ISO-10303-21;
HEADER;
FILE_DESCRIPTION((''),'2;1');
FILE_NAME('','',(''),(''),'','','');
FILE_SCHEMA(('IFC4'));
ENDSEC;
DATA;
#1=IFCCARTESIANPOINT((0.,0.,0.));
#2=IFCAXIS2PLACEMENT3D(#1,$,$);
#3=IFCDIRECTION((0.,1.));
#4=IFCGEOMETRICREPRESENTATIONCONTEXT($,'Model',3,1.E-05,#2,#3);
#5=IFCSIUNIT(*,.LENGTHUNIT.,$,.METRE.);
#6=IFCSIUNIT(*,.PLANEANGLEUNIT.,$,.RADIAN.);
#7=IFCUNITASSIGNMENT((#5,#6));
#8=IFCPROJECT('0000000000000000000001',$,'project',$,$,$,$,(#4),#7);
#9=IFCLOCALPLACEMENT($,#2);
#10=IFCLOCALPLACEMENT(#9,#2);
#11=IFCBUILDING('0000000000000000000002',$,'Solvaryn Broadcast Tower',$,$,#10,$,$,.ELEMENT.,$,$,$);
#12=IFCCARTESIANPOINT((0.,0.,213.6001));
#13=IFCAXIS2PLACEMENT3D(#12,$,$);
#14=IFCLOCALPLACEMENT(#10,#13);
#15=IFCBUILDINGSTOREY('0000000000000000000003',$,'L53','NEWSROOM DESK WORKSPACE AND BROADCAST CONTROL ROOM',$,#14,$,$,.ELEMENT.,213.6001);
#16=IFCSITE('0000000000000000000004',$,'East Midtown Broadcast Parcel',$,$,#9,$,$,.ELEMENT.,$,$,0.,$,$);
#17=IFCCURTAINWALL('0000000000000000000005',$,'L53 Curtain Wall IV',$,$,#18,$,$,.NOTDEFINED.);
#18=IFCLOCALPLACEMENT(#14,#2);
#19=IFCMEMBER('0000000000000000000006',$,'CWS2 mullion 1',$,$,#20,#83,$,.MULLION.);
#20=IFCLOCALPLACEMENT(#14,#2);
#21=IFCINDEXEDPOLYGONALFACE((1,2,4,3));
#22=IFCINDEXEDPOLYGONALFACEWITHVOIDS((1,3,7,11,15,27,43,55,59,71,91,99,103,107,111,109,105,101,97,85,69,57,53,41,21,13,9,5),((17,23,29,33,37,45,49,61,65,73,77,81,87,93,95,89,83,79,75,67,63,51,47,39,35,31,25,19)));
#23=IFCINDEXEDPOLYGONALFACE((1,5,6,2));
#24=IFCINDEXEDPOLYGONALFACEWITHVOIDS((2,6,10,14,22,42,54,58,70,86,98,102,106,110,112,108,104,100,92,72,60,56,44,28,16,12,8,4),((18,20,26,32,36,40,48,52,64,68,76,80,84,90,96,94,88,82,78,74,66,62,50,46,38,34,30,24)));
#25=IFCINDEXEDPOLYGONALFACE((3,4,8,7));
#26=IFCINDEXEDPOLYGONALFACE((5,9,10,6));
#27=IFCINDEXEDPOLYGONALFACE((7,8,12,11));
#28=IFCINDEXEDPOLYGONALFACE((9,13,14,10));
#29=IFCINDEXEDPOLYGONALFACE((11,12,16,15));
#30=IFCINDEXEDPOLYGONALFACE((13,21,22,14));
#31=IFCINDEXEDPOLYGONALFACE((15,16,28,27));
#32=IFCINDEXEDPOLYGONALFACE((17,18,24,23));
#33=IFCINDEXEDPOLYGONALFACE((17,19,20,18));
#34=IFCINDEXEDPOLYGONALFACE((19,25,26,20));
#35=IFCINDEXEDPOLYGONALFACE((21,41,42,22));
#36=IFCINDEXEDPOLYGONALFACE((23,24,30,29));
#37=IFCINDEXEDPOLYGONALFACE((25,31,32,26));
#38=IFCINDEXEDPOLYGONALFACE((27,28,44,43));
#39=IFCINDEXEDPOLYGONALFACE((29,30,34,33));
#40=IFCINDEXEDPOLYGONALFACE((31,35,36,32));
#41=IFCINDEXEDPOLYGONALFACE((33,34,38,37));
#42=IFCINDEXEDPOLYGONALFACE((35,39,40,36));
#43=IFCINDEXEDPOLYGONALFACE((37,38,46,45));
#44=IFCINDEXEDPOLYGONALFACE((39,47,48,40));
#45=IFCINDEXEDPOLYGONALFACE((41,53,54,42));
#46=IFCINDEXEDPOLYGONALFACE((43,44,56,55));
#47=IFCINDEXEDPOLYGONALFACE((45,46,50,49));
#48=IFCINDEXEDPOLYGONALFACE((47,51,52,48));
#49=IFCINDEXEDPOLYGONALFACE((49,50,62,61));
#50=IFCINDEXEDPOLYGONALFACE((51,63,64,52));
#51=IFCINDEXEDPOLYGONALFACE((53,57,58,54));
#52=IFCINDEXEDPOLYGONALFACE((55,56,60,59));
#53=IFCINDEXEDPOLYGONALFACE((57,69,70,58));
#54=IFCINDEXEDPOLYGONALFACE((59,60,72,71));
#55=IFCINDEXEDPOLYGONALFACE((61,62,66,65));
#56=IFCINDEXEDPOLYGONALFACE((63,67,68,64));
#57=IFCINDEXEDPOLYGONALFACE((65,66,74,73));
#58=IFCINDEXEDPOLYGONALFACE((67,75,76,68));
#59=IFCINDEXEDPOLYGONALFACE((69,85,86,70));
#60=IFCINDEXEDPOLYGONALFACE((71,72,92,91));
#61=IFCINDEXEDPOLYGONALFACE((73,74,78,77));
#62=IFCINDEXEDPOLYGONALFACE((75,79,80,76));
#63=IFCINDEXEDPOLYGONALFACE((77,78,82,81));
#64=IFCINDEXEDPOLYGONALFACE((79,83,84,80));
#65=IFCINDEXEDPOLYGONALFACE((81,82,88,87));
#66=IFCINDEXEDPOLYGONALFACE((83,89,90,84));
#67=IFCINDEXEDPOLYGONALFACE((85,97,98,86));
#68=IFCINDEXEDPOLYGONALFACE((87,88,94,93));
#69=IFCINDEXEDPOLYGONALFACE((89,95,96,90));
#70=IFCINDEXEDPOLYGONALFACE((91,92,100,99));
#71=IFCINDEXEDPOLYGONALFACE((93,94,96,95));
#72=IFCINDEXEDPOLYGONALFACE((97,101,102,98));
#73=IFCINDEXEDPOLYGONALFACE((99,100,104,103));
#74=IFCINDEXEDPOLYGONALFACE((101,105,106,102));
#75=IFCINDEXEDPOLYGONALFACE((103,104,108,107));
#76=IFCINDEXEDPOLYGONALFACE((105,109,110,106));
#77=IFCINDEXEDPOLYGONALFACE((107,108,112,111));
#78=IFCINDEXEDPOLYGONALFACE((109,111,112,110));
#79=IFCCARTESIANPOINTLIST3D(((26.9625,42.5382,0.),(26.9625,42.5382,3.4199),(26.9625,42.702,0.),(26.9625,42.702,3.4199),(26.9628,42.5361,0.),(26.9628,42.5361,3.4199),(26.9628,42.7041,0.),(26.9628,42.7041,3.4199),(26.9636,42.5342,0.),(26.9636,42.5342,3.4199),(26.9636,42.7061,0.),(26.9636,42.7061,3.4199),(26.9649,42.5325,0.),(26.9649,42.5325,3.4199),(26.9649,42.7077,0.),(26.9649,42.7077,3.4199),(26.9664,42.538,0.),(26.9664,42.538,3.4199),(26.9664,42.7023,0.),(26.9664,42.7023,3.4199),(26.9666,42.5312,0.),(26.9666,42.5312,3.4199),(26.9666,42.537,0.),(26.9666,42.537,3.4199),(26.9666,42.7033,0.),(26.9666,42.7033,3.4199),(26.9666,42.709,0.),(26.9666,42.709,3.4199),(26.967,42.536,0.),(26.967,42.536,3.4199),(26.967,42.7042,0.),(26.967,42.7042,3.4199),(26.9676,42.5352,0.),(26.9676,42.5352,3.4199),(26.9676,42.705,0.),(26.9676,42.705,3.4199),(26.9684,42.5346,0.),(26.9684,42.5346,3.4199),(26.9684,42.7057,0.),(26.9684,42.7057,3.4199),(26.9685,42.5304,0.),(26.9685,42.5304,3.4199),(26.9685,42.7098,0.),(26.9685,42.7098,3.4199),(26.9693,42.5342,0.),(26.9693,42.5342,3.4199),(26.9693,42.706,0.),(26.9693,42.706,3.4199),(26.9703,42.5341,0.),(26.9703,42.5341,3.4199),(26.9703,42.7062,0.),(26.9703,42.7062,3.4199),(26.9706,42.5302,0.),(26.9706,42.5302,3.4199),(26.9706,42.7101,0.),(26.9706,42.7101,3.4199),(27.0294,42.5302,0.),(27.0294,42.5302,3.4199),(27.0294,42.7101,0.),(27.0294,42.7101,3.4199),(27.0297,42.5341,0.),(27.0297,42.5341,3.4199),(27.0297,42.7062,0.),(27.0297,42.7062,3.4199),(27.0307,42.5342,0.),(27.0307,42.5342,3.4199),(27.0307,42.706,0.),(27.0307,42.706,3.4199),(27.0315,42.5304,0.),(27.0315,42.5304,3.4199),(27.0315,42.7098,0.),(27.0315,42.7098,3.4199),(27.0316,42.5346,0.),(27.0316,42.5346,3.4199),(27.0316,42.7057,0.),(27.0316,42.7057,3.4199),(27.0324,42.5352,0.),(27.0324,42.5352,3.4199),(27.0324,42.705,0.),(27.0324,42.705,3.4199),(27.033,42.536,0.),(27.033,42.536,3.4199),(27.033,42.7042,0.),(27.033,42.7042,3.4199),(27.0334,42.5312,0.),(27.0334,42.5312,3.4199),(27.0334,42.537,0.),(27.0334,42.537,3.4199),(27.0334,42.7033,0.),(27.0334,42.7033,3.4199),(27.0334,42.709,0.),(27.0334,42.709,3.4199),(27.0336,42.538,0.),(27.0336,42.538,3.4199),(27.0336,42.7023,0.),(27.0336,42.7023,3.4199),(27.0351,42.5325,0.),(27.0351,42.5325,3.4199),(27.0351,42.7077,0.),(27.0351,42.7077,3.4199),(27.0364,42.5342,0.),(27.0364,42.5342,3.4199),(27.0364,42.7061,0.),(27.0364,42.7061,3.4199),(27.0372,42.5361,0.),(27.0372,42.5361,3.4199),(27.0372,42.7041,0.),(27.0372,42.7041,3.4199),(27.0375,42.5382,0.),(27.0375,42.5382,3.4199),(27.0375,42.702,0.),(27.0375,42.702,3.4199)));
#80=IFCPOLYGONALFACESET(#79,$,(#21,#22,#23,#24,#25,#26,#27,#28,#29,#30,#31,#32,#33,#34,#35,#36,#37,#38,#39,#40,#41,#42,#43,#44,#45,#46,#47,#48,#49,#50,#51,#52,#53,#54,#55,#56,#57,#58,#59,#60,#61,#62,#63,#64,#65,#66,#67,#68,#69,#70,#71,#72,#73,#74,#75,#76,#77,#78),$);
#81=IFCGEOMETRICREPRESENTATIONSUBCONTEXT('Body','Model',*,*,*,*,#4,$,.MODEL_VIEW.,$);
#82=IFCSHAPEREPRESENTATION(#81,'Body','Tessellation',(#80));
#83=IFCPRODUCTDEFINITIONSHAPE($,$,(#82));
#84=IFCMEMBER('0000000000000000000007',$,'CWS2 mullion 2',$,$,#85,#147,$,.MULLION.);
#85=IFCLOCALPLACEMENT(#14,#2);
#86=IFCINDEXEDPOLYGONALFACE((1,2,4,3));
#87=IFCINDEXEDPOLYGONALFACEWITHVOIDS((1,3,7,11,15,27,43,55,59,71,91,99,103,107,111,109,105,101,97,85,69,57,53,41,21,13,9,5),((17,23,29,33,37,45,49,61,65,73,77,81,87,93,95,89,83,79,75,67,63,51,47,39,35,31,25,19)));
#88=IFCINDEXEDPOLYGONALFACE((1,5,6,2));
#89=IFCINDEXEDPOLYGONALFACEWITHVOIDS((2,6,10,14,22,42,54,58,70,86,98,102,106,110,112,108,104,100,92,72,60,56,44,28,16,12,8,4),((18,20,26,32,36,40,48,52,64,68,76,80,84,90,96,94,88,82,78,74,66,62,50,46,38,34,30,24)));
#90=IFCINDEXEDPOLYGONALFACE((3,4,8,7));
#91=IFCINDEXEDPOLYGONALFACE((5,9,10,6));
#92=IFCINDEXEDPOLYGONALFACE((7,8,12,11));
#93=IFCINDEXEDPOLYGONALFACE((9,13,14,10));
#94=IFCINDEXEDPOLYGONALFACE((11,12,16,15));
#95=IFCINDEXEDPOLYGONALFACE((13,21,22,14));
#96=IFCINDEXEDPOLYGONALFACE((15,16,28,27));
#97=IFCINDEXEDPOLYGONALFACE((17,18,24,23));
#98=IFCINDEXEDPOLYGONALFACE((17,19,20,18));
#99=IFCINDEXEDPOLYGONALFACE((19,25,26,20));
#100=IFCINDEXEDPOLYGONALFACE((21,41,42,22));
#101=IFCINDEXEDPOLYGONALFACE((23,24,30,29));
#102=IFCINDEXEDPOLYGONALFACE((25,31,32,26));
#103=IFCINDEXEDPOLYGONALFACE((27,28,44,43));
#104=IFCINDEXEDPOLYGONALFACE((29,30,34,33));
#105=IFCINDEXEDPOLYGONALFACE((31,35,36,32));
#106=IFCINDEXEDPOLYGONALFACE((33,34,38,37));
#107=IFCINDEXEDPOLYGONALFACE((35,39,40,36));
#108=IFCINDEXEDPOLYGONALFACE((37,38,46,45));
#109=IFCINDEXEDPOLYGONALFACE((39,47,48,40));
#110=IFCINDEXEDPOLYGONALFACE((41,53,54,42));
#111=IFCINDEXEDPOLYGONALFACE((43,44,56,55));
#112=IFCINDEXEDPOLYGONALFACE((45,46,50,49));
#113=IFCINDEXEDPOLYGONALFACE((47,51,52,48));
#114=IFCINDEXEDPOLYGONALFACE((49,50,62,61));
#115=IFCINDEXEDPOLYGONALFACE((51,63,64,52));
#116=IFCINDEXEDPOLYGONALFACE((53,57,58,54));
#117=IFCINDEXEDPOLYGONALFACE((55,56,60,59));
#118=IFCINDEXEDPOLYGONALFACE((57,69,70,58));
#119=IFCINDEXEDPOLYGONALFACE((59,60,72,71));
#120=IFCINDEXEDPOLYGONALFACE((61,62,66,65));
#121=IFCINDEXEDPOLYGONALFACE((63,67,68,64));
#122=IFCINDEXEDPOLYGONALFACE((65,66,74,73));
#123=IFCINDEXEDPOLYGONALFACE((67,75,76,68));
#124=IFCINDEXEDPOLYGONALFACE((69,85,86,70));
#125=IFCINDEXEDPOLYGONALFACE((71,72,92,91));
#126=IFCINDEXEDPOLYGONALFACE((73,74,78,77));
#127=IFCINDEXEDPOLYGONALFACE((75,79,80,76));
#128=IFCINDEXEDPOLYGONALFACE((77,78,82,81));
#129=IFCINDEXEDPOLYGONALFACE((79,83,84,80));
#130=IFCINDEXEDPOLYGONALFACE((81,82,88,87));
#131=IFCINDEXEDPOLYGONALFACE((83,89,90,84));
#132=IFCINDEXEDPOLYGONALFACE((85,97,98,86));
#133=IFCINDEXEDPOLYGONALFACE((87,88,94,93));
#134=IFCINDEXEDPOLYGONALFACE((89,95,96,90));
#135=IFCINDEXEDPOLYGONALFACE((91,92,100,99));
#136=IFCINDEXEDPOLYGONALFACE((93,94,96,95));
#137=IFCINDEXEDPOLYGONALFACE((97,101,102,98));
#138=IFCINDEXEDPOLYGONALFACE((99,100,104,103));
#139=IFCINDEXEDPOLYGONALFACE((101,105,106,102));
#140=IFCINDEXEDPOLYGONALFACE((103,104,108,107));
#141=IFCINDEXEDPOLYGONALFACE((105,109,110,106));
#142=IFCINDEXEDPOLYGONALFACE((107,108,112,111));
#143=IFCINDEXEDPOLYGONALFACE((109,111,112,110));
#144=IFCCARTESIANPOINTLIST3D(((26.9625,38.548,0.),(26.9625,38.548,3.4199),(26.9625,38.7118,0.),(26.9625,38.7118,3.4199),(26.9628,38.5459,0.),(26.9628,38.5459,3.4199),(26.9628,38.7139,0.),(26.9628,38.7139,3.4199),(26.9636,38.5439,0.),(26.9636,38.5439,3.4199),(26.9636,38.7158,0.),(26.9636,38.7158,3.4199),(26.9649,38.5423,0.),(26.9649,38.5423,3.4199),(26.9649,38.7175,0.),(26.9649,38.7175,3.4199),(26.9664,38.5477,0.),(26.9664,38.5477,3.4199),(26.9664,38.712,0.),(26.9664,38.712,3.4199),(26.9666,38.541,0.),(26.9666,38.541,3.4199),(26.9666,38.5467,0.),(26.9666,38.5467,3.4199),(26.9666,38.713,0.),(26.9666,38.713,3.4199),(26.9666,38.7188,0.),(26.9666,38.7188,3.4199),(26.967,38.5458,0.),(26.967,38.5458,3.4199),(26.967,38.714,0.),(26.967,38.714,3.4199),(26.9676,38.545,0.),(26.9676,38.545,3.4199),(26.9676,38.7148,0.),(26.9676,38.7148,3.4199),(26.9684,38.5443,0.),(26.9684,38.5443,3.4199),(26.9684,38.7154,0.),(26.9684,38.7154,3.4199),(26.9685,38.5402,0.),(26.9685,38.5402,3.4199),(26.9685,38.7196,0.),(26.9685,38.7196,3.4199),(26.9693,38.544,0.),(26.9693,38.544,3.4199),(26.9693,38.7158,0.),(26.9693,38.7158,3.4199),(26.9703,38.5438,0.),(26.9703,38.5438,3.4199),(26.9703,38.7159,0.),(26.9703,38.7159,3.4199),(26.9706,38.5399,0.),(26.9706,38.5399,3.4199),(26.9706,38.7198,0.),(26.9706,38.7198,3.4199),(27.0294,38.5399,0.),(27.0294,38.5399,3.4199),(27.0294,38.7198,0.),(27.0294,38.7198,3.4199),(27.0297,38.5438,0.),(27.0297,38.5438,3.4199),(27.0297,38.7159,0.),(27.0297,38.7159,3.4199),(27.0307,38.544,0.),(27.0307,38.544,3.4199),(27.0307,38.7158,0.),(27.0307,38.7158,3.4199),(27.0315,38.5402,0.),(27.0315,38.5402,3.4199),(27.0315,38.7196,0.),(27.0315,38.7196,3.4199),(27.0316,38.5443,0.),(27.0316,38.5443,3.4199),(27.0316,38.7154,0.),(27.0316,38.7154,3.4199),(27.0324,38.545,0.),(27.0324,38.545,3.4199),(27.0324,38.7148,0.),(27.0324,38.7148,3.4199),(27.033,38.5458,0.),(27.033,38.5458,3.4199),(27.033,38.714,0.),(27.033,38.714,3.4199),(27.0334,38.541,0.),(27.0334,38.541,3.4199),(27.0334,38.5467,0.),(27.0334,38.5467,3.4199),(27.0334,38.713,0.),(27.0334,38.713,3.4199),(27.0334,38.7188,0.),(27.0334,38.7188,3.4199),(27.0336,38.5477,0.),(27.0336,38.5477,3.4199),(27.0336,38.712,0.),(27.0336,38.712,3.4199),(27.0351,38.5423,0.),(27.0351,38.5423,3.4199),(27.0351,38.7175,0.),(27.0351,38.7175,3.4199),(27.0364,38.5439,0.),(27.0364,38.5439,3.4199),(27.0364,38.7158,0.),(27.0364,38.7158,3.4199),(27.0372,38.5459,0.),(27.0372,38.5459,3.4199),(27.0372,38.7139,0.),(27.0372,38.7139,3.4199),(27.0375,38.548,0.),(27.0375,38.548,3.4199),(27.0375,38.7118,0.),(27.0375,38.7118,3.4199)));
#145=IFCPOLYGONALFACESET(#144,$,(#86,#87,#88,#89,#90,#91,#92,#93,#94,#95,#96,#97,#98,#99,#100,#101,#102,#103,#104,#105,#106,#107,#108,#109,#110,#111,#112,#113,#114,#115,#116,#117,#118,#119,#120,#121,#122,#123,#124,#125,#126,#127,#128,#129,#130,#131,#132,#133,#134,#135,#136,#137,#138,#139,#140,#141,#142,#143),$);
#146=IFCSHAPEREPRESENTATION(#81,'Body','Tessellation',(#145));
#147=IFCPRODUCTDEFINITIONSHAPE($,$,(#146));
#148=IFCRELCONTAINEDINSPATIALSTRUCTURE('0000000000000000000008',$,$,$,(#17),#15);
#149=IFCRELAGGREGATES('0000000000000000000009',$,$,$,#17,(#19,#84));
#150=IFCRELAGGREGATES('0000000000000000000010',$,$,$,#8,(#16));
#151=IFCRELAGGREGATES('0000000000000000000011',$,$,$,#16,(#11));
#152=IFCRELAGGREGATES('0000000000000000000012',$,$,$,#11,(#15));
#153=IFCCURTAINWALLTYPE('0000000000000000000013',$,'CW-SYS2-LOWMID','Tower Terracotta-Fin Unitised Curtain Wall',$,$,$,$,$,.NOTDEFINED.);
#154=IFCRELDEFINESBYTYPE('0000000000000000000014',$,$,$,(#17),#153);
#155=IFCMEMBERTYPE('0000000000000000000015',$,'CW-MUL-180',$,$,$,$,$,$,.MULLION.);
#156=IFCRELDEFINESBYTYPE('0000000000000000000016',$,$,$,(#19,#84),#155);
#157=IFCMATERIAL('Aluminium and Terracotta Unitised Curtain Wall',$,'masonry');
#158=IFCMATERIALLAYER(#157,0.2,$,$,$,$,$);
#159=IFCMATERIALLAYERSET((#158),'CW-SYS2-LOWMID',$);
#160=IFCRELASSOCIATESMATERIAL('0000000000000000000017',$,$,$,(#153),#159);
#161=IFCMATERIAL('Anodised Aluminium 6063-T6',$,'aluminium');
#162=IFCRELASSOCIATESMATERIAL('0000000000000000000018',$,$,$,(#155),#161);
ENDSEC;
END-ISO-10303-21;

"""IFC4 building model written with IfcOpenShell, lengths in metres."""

from ifc_helpers import new_model, si_unit, direction, frame, origin, origin_2d, place, context, subcontext, project, spatial, hollow_rectangle, extrude, material, layer, layer_set, material_profile, profile_set, type_object, element, aggregate, save


model = new_model("IFC4")

# Units and contexts
model_context = context("Model", 3, precision=1e-05, world=origin(), true_north=direction((0.0, 1.0)))
body_context = subcontext(model_context, "Body", "Model", "MODEL_VIEW")
ifc_project = project(units=[si_unit("LENGTHUNIT", "METRE"), si_unit("PLANEANGLEUNIT", "RADIAN")], contexts=[model_context])

# Site, building, storey
site_placement = place(None, origin())
site = spatial("IfcSite", under=ifc_project, at=site_placement, Name="East Midtown Broadcast Parcel", CompositionType="ELEMENT", RefElevation=0.0)
building_placement = place(site_placement, origin())
building = spatial("IfcBuilding", under=site, at=building_placement, Name="Solvaryn Broadcast Tower", CompositionType="ELEMENT")
storey_placement = place(building_placement, frame((0.0, 0.0, 213.6001)))
storey = spatial("IfcBuildingStorey", under=building, at=storey_placement, Name="L53", Description="NEWSROOM DESK WORKSPACE AND BROADCAST CONTROL ROOM", CompositionType="ELEMENT", Elevation=213.6001)

# Curtain wall, members
ifc_material_1 = material(Name="Aluminium and Terracotta Unitised Curtain Wall", Category="masonry")
ifc_layer_1 = layer(ifc_material_1, 0.2)
ifc_layer_set_1 = layer_set([ifc_layer_1], Name="CW-SYS2-LOWMID")
curtain_wall_type = type_object("IfcCurtainWallType", Name="CW-SYS2-LOWMID", Description="Tower Terracotta-Fin Unitised Curtain Wall", PredefinedType="NOTDEFINED", material=ifc_layer_set_1)
curtain_wall_1_placement = place(storey_placement, origin())
curtain_wall_1 = element("IfcCurtainWall", 1, at=curtain_wall_1_placement, inside=storey, type_object=curtain_wall_type, Name="L53 Curtain Wall IV", PredefinedType="NOTDEFINED")
ifc_material_2 = material(Name="Anodised Aluminium 6063-T6", Category="aluminium")
ifc_material_profile_1 = material_profile(ifc_material_2, hollow_rectangle(XDim=0.075, YDim=0.1799, WallThickness=0.0039, InnerFilletRadius=0.0039, OuterFilletRadius=0.0081, at=origin_2d()))
ifc_profile_set_1 = profile_set([ifc_material_profile_1], Name="Anodised Aluminium 6063-T6")
member_type_1 = type_object("IfcMemberType", Name="CW-MUL-180", PredefinedType="MULLION", material=ifc_profile_set_1)
member_1_placement = place(storey_placement, frame((27.0, 42.6201, 0.0), z_axis=(0.0, 0.0, 1.0), x_axis=(1.0, 0.0, 0.0)))
member_1 = element("IfcMember", 2, at=member_1_placement, type_object=member_type_1, Name="CWS2 mullion 1", PredefinedType="MULLION", context=body_context, shape_type="SweptSolid", body=[
    extrude(hollow_rectangle(XDim=0.075, YDim=0.1799, WallThickness=0.0039, InnerFilletRadius=0.0039, OuterFilletRadius=0.0081, at=origin_2d()), origin(), (0.0, 0.0, 1.0), 3.4199),
])
member_2_placement = place(storey_placement, frame((27.0, 38.6299, 0.0), z_axis=(0.0, 0.0, 1.0), x_axis=(1.0, 0.0, 0.0)))
member_2 = element("IfcMember", 3, at=member_2_placement, type_object=member_type_1, Name="CWS2 mullion 2", PredefinedType="MULLION", context=body_context, shape_type="SweptSolid", body=[
    extrude(hollow_rectangle(XDim=0.075, YDim=0.1799, WallThickness=0.0039, InnerFilletRadius=0.0039, OuterFilletRadius=0.0081, at=origin_2d()), origin(), (0.0, 0.0, 1.0), 3.4199),
])

aggregate(curtain_wall_1, [member_1, member_2])

save(model, "model.ifc")
